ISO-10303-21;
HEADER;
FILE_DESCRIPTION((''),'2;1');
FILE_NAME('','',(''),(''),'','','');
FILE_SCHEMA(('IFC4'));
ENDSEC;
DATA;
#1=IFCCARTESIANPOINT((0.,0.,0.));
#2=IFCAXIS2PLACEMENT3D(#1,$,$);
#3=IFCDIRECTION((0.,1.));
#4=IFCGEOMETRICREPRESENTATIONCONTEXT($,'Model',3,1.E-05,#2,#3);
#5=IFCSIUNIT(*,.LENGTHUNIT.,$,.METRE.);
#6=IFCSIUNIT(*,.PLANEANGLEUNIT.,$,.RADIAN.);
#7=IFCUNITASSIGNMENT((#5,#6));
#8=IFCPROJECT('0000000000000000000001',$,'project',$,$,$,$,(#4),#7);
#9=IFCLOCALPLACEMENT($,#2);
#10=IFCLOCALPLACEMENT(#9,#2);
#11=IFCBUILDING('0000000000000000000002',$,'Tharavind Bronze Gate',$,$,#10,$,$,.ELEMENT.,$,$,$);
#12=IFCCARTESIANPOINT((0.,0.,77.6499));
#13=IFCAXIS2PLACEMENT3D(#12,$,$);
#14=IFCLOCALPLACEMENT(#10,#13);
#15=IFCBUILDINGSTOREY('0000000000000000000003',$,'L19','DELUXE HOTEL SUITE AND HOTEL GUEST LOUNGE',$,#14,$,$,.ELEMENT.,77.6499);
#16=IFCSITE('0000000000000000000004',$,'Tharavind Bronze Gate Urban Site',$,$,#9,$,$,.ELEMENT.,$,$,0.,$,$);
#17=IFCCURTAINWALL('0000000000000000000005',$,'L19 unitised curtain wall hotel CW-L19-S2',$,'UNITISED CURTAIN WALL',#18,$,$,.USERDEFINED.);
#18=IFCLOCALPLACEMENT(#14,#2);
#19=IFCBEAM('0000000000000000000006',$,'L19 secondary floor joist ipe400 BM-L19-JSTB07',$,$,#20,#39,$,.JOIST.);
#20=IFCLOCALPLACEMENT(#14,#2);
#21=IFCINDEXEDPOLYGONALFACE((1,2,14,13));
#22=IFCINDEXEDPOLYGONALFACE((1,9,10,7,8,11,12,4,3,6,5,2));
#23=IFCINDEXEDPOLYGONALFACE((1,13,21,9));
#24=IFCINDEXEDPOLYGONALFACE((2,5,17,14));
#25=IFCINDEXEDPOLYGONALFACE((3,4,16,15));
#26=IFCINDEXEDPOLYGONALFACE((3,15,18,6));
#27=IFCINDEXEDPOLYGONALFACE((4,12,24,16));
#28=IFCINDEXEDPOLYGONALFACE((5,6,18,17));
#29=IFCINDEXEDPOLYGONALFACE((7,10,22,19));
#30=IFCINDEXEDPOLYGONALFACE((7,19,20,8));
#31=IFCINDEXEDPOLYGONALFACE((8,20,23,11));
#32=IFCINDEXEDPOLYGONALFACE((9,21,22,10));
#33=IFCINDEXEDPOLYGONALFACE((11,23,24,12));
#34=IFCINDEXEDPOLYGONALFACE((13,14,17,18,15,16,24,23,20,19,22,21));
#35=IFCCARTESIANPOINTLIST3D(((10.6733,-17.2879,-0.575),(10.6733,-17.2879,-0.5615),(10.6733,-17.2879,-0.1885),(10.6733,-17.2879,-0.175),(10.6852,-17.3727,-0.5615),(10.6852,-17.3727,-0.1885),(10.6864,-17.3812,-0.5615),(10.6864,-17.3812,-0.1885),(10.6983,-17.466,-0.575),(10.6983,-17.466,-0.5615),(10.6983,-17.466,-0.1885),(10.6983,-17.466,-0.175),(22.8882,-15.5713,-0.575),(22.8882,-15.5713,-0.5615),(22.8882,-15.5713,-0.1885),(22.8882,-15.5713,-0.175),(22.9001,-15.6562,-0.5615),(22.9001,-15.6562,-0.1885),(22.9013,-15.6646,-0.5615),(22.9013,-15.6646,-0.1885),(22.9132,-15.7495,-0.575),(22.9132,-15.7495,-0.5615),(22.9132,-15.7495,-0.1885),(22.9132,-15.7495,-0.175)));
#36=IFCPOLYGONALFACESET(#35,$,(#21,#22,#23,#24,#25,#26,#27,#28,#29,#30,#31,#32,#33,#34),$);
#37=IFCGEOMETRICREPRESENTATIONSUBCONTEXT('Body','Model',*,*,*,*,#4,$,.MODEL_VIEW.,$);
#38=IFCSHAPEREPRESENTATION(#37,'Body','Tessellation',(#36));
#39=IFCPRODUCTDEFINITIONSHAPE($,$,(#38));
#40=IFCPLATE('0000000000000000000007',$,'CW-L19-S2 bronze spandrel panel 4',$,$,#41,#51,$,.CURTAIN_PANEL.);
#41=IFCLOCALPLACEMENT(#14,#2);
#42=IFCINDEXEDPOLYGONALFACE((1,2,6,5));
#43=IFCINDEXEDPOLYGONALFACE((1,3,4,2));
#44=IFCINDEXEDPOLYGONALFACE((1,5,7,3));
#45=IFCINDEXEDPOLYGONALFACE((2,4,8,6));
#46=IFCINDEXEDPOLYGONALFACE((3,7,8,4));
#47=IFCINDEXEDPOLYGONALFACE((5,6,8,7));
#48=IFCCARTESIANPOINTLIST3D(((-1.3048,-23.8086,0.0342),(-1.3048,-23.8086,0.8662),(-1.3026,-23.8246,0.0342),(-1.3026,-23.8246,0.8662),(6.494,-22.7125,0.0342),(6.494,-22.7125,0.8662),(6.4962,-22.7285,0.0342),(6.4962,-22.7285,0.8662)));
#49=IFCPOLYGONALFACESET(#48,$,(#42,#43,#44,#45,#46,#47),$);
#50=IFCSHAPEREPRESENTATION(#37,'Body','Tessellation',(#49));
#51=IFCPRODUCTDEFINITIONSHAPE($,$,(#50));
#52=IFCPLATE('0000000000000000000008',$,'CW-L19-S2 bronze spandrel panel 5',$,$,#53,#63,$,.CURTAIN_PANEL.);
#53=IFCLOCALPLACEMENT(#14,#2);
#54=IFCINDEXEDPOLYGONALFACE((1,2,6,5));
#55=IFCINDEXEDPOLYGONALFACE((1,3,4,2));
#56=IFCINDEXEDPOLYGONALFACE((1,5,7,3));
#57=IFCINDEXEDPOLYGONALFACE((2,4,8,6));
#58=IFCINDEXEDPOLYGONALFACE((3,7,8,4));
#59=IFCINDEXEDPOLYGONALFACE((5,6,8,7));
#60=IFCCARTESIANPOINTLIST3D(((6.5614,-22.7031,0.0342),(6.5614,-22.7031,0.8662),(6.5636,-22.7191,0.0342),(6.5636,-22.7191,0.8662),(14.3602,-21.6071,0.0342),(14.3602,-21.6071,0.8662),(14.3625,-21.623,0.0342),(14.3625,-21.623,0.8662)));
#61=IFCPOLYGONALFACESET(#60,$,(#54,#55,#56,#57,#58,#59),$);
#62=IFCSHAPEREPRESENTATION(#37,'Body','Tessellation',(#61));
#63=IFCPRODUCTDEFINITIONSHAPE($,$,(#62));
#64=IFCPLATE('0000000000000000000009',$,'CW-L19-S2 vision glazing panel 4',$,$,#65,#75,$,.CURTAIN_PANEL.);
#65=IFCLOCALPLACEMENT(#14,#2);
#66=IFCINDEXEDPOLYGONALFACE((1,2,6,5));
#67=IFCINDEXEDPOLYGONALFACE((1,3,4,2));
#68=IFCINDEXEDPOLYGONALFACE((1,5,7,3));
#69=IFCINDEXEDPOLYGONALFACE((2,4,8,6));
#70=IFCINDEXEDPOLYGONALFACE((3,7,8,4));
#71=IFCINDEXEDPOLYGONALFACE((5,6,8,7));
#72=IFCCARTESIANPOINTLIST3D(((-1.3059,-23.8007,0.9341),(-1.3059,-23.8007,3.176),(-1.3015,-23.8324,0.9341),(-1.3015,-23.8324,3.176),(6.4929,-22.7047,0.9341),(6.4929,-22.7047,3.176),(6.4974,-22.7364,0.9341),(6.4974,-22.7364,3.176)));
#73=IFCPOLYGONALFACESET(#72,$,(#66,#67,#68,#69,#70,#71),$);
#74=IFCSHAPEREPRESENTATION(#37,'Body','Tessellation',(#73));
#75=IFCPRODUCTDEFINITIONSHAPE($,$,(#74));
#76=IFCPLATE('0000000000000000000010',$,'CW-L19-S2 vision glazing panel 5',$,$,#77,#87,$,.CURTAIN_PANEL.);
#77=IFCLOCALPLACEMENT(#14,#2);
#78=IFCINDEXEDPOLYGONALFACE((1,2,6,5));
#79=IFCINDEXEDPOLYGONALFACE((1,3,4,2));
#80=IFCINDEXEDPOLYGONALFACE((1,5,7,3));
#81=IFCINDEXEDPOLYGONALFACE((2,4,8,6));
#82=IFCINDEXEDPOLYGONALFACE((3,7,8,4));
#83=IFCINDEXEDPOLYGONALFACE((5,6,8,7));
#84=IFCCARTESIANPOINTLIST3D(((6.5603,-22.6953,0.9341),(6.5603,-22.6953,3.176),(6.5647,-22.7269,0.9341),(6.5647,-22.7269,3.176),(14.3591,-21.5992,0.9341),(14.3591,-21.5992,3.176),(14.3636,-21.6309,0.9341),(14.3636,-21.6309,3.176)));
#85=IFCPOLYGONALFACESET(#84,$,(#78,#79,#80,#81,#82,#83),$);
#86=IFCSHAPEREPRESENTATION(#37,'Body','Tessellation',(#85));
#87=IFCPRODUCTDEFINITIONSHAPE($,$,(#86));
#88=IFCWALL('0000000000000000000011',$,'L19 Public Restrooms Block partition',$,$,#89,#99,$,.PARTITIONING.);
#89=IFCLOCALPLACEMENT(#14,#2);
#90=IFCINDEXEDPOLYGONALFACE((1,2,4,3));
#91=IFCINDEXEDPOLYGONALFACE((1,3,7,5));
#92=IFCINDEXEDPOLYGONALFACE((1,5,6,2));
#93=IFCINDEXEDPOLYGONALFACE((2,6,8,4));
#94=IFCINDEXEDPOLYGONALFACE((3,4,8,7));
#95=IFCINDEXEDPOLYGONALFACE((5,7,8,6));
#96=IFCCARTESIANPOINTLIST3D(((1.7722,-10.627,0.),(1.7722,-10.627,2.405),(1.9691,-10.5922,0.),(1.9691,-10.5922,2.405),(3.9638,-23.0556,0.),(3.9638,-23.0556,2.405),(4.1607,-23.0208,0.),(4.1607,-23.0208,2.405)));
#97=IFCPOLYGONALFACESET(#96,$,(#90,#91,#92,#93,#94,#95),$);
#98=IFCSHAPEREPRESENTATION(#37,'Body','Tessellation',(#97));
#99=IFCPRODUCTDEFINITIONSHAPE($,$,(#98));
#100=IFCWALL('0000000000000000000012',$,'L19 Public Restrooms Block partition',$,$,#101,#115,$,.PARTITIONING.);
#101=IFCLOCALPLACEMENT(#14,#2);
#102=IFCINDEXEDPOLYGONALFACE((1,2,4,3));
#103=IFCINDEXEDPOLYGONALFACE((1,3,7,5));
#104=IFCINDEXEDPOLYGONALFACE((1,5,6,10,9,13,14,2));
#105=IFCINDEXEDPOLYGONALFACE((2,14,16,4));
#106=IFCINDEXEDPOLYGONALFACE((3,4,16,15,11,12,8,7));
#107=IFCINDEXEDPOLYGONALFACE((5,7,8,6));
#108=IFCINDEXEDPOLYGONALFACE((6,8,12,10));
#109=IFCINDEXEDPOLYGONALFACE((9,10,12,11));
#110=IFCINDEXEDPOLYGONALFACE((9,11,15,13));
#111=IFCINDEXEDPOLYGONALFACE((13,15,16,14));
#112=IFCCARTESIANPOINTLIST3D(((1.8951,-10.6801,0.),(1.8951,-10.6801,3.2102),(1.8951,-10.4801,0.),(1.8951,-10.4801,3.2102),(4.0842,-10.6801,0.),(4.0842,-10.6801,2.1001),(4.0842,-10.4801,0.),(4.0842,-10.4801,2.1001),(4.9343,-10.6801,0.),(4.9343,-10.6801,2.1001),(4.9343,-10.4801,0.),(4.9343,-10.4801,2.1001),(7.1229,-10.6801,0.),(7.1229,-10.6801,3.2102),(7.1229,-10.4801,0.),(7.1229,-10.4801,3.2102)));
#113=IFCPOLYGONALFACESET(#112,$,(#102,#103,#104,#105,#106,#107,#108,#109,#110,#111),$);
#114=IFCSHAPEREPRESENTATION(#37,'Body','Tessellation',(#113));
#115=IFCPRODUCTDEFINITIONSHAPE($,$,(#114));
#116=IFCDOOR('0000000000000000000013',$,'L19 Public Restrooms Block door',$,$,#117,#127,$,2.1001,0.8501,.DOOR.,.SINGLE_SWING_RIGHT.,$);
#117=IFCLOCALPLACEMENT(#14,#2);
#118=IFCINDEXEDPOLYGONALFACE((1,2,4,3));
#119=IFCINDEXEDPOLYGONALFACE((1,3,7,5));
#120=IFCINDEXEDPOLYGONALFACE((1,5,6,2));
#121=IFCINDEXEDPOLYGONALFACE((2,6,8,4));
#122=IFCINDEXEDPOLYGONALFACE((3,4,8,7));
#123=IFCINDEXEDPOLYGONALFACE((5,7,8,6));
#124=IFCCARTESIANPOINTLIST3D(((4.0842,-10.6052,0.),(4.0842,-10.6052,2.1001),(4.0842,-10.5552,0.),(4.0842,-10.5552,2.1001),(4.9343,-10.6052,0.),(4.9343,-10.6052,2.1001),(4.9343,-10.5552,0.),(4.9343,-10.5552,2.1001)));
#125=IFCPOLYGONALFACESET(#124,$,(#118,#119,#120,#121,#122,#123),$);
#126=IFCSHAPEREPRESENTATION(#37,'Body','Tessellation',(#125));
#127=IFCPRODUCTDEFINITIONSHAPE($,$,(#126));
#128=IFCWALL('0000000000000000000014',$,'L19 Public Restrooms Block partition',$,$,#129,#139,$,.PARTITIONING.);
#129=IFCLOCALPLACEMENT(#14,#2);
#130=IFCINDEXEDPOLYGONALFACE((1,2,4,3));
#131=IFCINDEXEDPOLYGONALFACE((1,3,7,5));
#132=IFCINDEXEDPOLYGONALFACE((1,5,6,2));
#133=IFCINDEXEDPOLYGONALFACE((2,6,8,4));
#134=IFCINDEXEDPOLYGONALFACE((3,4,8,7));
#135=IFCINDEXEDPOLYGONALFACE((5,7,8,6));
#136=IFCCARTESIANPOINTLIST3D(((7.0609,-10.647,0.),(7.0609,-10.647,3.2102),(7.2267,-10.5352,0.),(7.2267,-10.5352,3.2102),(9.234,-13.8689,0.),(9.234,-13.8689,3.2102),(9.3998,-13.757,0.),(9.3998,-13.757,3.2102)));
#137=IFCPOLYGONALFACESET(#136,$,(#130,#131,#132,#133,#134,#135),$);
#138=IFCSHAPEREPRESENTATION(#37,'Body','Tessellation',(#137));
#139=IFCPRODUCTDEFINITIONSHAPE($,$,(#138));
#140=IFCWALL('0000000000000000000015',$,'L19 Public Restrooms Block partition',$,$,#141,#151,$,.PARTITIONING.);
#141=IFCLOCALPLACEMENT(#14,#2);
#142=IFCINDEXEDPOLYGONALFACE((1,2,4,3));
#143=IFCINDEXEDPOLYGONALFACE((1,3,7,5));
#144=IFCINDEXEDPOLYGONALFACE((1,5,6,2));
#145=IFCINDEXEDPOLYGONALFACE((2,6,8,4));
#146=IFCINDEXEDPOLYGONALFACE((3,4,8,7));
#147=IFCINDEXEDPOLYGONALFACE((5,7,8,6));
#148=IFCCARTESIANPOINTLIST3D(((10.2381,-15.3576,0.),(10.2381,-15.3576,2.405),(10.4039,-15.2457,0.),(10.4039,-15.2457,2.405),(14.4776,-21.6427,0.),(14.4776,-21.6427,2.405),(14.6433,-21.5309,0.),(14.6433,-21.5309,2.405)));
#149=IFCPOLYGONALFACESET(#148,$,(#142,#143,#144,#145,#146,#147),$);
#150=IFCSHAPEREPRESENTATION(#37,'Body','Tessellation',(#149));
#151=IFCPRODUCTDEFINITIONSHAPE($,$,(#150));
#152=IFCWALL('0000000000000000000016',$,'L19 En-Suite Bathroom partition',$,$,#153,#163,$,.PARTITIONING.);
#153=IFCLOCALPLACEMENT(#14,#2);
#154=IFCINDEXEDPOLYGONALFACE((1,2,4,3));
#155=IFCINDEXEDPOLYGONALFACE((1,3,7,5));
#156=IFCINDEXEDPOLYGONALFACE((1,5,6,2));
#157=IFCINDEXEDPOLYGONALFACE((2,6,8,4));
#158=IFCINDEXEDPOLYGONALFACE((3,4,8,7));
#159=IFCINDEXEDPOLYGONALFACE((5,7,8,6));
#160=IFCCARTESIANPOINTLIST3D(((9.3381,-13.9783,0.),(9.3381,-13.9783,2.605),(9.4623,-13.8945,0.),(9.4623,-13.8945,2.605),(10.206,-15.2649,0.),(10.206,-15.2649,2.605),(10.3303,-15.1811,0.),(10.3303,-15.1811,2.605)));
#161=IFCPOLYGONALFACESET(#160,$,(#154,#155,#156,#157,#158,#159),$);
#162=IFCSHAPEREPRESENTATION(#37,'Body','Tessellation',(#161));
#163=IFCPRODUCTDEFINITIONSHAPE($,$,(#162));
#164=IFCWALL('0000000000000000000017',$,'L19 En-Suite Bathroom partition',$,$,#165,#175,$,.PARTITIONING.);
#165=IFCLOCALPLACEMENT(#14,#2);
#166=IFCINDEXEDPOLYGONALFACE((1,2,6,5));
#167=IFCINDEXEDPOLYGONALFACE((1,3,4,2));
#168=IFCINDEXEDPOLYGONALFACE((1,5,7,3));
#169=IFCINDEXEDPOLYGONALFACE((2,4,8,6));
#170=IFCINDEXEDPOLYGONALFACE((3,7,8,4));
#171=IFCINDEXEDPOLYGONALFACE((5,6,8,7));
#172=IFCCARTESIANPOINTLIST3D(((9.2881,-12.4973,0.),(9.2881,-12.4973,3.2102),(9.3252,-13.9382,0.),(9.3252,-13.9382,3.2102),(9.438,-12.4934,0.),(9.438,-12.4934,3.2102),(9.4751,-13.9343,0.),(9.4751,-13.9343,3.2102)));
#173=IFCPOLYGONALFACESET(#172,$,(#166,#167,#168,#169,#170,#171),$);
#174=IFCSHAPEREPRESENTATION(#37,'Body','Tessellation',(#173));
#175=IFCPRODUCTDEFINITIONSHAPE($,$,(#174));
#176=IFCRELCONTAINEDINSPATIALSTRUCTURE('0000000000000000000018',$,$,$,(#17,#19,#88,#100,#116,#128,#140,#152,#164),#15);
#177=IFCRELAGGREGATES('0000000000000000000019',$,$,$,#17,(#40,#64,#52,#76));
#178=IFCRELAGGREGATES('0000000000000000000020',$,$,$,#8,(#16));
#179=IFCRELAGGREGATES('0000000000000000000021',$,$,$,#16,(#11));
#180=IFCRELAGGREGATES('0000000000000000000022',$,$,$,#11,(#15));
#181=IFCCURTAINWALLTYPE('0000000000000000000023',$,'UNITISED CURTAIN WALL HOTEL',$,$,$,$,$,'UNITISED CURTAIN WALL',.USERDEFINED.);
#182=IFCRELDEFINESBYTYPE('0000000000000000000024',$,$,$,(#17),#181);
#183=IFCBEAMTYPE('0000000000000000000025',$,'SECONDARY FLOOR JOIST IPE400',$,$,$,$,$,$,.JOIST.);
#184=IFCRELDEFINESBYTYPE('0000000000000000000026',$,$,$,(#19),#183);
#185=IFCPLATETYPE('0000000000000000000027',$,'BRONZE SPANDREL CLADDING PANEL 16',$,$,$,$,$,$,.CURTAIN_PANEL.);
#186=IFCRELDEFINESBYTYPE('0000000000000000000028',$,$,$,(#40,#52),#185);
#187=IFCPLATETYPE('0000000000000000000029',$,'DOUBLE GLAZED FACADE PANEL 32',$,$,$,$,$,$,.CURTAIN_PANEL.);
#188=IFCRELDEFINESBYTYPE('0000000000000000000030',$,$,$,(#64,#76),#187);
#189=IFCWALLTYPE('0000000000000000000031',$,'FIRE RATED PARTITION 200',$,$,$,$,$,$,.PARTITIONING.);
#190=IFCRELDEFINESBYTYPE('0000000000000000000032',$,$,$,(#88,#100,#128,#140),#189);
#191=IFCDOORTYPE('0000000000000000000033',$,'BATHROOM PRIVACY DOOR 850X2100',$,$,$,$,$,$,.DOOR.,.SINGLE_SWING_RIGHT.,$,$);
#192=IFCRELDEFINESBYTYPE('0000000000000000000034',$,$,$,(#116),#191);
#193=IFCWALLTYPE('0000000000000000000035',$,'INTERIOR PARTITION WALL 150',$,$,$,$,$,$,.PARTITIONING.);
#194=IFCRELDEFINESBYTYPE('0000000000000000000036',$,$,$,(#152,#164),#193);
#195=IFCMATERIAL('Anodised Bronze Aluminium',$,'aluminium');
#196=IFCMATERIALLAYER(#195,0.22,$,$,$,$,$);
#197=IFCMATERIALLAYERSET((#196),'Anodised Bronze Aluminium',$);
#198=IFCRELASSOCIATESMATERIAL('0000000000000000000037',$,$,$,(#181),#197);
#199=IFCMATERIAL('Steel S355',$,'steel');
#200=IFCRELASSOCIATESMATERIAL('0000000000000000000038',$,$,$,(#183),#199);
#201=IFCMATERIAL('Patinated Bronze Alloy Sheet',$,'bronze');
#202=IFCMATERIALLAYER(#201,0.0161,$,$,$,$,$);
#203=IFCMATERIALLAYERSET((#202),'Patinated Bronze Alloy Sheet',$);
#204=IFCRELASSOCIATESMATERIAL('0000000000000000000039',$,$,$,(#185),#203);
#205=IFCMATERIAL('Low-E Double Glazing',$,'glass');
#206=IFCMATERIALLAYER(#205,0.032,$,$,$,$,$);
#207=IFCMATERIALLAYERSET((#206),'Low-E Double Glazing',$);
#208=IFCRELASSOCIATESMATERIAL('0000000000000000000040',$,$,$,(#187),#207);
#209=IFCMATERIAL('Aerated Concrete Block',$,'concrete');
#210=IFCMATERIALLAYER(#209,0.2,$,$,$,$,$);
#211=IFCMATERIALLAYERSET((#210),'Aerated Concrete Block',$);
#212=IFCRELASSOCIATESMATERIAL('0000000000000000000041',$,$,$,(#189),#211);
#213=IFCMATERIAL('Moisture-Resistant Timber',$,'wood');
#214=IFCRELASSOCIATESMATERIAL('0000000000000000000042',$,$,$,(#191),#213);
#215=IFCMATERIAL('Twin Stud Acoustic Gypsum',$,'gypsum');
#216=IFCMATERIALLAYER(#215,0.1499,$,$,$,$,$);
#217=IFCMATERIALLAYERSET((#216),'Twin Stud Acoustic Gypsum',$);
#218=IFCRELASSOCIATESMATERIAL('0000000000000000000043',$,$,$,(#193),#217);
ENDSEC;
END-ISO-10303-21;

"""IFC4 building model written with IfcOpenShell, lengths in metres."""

from ifc_helpers import new_model, si_unit, direction, frame, frame_2d, origin, origin_2d, place, context, subcontext, project, spatial, rectangle, i_section, extrude, material, layer, layer_set, material_profile, profile_set, type_object, element, fill, aggregate, save


model = new_model("IFC4")

# Units and contexts
model_context = context("Model", 3, precision=1e-05, world=origin(), true_north=direction((0.0, 1.0)))
body_context = subcontext(model_context, "Body", "Model", "MODEL_VIEW")
ifc_project = project(units=[si_unit("LENGTHUNIT", "METRE"), si_unit("PLANEANGLEUNIT", "RADIAN")], contexts=[model_context])

# Site, building, storey
site_placement = place(None, origin())
site = spatial("IfcSite", under=ifc_project, at=site_placement, Name="Tharavind Bronze Gate Urban Site", CompositionType="ELEMENT", RefElevation=0.0)
building_placement = place(site_placement, origin())
building = spatial("IfcBuilding", under=site, at=building_placement, Name="Tharavind Bronze Gate", CompositionType="ELEMENT")
storey_placement = place(building_placement, frame((0.0, 0.0, 77.6499)))
storey = spatial("IfcBuildingStorey", under=building, at=storey_placement, Name="L19", Description="DELUXE HOTEL SUITE AND HOTEL GUEST LOUNGE", CompositionType="ELEMENT", Elevation=77.6499)

# Curtain wall
ifc_material_1 = material(Name="Anodised Bronze Aluminium", Category="aluminium")
ifc_layer_1 = layer(ifc_material_1, 0.22)
ifc_layer_set_1 = layer_set([ifc_layer_1], Name="Anodised Bronze Aluminium")
curtain_wall_type = type_object("IfcCurtainWallType", Name="UNITISED CURTAIN WALL HOTEL", ElementType="UNITISED CURTAIN WALL", PredefinedType="USERDEFINED", material=ifc_layer_set_1)
curtain_wall_placement = place(storey_placement, origin())
curtain_wall = element("IfcCurtainWall", 1, at=curtain_wall_placement, inside=storey, type_object=curtain_wall_type, Name="L19 unitised curtain wall hotel CW-L19-S2", ObjectType="UNITISED CURTAIN WALL", PredefinedType="USERDEFINED")

# Beam
ifc_material_2 = material(Name="Steel S355", Category="steel")
ifc_material_profile_1 = material_profile(ifc_material_2, i_section(OverallWidth=0.1799, OverallDepth=0.3999, WebThickness=0.0085, FlangeThickness=0.0134, at=origin_2d()), Name="IPE400")
ifc_profile_set_1 = profile_set([ifc_material_profile_1], Name="Steel S355")
beam_type_1 = type_object("IfcBeamType", Name="SECONDARY FLOOR JOIST IPE400", PredefinedType="JOIST", material=ifc_profile_set_1)
beam_1_placement = place(storey_placement, frame((10.6858, -17.377, -0.375), z_axis=(0.99027, 0.139163, 0.0), x_axis=(-0.139163, 0.99027, 0.0)))
element("IfcBeam", 2, at=beam_1_placement, inside=storey, type_object=beam_type_1, Name="L19 secondary floor joist ipe400 BM-L19-JSTB07", PredefinedType="JOIST", context=body_context, shape_type="SweptSolid", body=[
    extrude(i_section(OverallWidth=0.1799, OverallDepth=0.3999, WebThickness=0.0085, FlangeThickness=0.0134, at=origin_2d()), origin(), (0.0, 0.0, 1.0), 12.335),
])

# Plates
ifc_material_3 = material(Name="Patinated Bronze Alloy Sheet", Category="bronze")
ifc_layer_2 = layer(ifc_material_3, 0.0161)
ifc_layer_set_2 = layer_set([ifc_layer_2], Name="Patinated Bronze Alloy Sheet")
plate_type_1 = type_object("IfcPlateType", Name="BRONZE SPANDREL CLADDING PANEL 16", PredefinedType="CURTAIN_PANEL", material=ifc_layer_set_2)
plate_1_placement = place(storey_placement, frame((2.5957, -23.2686, 0.0342), z_axis=(0.0, 0.0, 1.0), x_axis=(0.990268, 0.139173, 0.0)))
plate_1 = element("IfcPlate", 3, at=plate_1_placement, type_object=plate_type_1, Name="CW-L19-S2 bronze spandrel panel 4", PredefinedType="CURTAIN_PANEL", context=body_context, shape_type="SweptSolid", body=[
    extrude(rectangle(XDim=7.8755, YDim=0.0161, at=origin_2d()), origin(), (0.0, 0.0, 1.0), 0.832),
])
plate_2_placement = place(storey_placement, frame((10.4619, -22.1631, 0.0342), z_axis=(0.0, 0.0, 1.0), x_axis=(0.990268, 0.139173, 0.0)))
plate_2 = element("IfcPlate", 4, at=plate_2_placement, type_object=plate_type_1, Name="CW-L19-S2 bronze spandrel panel 5", PredefinedType="CURTAIN_PANEL", context=body_context, shape_type="SweptSolid", body=[
    extrude(rectangle(XDim=7.8755, YDim=0.0161, at=origin_2d()), origin(), (0.0, 0.0, 1.0), 0.832),
])
ifc_material_4 = material(Name="Low-E Double Glazing", Category="glass")
ifc_layer_3 = layer(ifc_material_4, 0.032)
ifc_layer_set_3 = layer_set([ifc_layer_3], Name="Low-E Double Glazing")
plate_type_2 = type_object("IfcPlateType", Name="DOUBLE GLAZED FACADE PANEL 32", PredefinedType="CURTAIN_PANEL", material=ifc_layer_set_3)
plate_3_placement = place(storey_placement, frame((2.5957, -23.2686, 0.9341), z_axis=(0.0, 0.0, 1.0), x_axis=(0.990268, 0.139173, 0.0)))
plate_3 = element("IfcPlate", 5, at=plate_3_placement, type_object=plate_type_2, Name="CW-L19-S2 vision glazing panel 4", PredefinedType="CURTAIN_PANEL", context=body_context, shape_type="SweptSolid", body=[
    extrude(rectangle(XDim=7.8755, YDim=0.032, at=origin_2d()), origin(), (0.0, 0.0, 1.0), 2.2419),
])
plate_4_placement = place(storey_placement, frame((10.4619, -22.1631, 0.9341), z_axis=(0.0, 0.0, 1.0), x_axis=(0.990268, 0.139173, 0.0)))
plate_4 = element("IfcPlate", 6, at=plate_4_placement, type_object=plate_type_2, Name="CW-L19-S2 vision glazing panel 5", PredefinedType="CURTAIN_PANEL", context=body_context, shape_type="SweptSolid", body=[
    extrude(rectangle(XDim=7.8755, YDim=0.032, at=origin_2d()), origin(), (0.0, 0.0, 1.0), 2.2419),
])
aggregate(curtain_wall, [plate_1, plate_3, plate_2, plate_4])

# Wall
ifc_material_5 = material(Name="Aerated Concrete Block", Category="concrete")
ifc_layer_4 = layer(ifc_material_5, 0.2)
ifc_layer_set_4 = layer_set([ifc_layer_4], Name="Aerated Concrete Block")
wall_type_1 = type_object("IfcWallType", Name="FIRE RATED PARTITION 200", PredefinedType="PARTITIONING", material=ifc_layer_set_4)
wall_1_placement = place(storey_placement, frame((4.0623, -23.0381, 0.0), z_axis=(0.0, 0.0, 1.0), x_axis=(-0.173658, 0.984806, 0.0)))
element("IfcWall", 7, at=wall_1_placement, inside=storey, type_object=wall_type_1, Name="L19 Public Restrooms Block partition", PredefinedType="PARTITIONING", context=body_context, shape_type="SweptSolid", body=[
    extrude(rectangle(XDim=12.6204, YDim=0.2, at=frame_2d((6.3101, 0.0))), origin(), (0.0, 0.0, 1.0), 2.405),
])

# Wall, opening, door
wall_2_placement = place(storey_placement, frame((1.8953, -10.5801, 0.0), z_axis=(0.0, 0.0, 1.0), x_axis=(1.0, 0.0, 0.0)))
wall_2 = element("IfcWall", 8, at=wall_2_placement, inside=storey, type_object=wall_type_1, Name="L19 Public Restrooms Block partition", PredefinedType="PARTITIONING", context=body_context, shape_type="SweptSolid", body=[
    extrude(rectangle(XDim=5.2278, YDim=0.2, at=frame_2d((2.6138, 0.0))), origin(), (0.0, 0.0, 1.0), 3.2102),
])
opening_placement = place(wall_2_placement, frame((2.189, 0.0, 0.0)))
opening = element("IfcOpeningElement", 9, at=opening_placement, cuts=wall_2, PredefinedType="OPENING", context=body_context, shape_type="SweptSolid", body=[
    extrude(rectangle(XDim=0.8501, YDim=2.1001, at=frame_2d((0.425, 1.05))), frame((0.0, 0.1101, 0.0), z_axis=(0.0, -1.0, 0.0), x_axis=(1.0, 0.0, 0.0)), (0.0, 0.0, 1.0), 0.22),
])
ifc_material_6 = material(Name="Moisture-Resistant Timber", Category="wood")
door_type = type_object("IfcDoorType", Name="BATHROOM PRIVACY DOOR 850X2100", OperationType="SINGLE_SWING_RIGHT", PredefinedType="DOOR", material=ifc_material_6)
door_placement = place(opening_placement, origin())
door = element("IfcDoor", 10, at=door_placement, inside=storey, type_object=door_type, Name="L19 Public Restrooms Block door", OperationType="SINGLE_SWING_RIGHT", OverallHeight=2.1001, OverallWidth=0.8501, PredefinedType="DOOR", context=body_context, shape_type="SweptSolid", body=[
    extrude(rectangle(XDim=0.8501, YDim=2.1001, at=frame_2d((0.425, 1.05))), frame((0.0, 0.0249, 0.0), z_axis=(0.0, -1.0, 0.0), x_axis=(1.0, 0.0, 0.0)), (0.0, 0.0, 1.0), 0.05),
])
fill(opening, door)

# Walls
wall_3_placement = place(storey_placement, frame((7.1438, -10.5911, 0.0), z_axis=(0.0, 0.0, 1.0), x_axis=(0.559172, -0.829052, 0.0)))
element("IfcWall", 11, at=wall_3_placement, inside=storey, type_object=wall_type_1, Name="L19 Public Restrooms Block partition", PredefinedType="PARTITIONING", context=body_context, shape_type="SweptSolid", body=[
    extrude(rectangle(XDim=3.8862, YDim=0.2, at=frame_2d((1.9431, 0.0))), origin(), (0.0, 0.0, 1.0), 3.2102),
])
wall_4_placement = place(storey_placement, frame((10.321, -15.3018, 0.0), z_axis=(0.0, 0.0, 1.0), x_axis=(0.559203, -0.829031, 0.0)))
element("IfcWall", 12, at=wall_4_placement, inside=storey, type_object=wall_type_1, Name="L19 Public Restrooms Block partition", PredefinedType="PARTITIONING", context=body_context, shape_type="SweptSolid", body=[
    extrude(rectangle(XDim=7.5813, YDim=0.2, at=frame_2d((3.7905, 0.0))), origin(), (0.0, 0.0, 1.0), 2.405),
])
ifc_material_7 = material(Name="Twin Stud Acoustic Gypsum", Category="gypsum")
ifc_layer_5 = layer(ifc_material_7, 0.1499)
ifc_layer_set_5 = layer_set([ifc_layer_5], Name="Twin Stud Acoustic Gypsum")
wall_type_2 = type_object("IfcWallType", Name="INTERIOR PARTITION WALL 150", PredefinedType="PARTITIONING", material=ifc_layer_set_5)
wall_5_placement = place(storey_placement, frame((10.2681, -15.2229, 0.0), z_axis=(0.0, 0.0, 1.0), x_axis=(-0.55923, 0.829013, 0.0)))
element("IfcWall", 13, at=wall_5_placement, inside=storey, type_object=wall_type_2, Name="L19 En-Suite Bathroom partition", PredefinedType="PARTITIONING", context=body_context, shape_type="SweptSolid", body=[
    extrude(rectangle(XDim=1.552, YDim=0.1499, at=frame_2d((0.7759, 0.0))), origin(), (0.0, 0.0, 1.0), 2.605),
])
wall_6_placement = place(storey_placement, frame((9.4001, -13.9363, 0.0), z_axis=(0.0, 0.0, 1.0), x_axis=(-0.025745, 0.999669, 0.0)))
element("IfcWall", 14, at=wall_6_placement, inside=storey, type_object=wall_type_2, Name="L19 En-Suite Bathroom partition", PredefinedType="PARTITIONING", context=body_context, shape_type="SweptSolid", body=[
    extrude(rectangle(XDim=1.4414, YDim=0.1499, at=frame_2d((0.7207, 0.0))), origin(), (0.0, 0.0, 1.0), 3.2102),
])

save(model, "model.ifc")
